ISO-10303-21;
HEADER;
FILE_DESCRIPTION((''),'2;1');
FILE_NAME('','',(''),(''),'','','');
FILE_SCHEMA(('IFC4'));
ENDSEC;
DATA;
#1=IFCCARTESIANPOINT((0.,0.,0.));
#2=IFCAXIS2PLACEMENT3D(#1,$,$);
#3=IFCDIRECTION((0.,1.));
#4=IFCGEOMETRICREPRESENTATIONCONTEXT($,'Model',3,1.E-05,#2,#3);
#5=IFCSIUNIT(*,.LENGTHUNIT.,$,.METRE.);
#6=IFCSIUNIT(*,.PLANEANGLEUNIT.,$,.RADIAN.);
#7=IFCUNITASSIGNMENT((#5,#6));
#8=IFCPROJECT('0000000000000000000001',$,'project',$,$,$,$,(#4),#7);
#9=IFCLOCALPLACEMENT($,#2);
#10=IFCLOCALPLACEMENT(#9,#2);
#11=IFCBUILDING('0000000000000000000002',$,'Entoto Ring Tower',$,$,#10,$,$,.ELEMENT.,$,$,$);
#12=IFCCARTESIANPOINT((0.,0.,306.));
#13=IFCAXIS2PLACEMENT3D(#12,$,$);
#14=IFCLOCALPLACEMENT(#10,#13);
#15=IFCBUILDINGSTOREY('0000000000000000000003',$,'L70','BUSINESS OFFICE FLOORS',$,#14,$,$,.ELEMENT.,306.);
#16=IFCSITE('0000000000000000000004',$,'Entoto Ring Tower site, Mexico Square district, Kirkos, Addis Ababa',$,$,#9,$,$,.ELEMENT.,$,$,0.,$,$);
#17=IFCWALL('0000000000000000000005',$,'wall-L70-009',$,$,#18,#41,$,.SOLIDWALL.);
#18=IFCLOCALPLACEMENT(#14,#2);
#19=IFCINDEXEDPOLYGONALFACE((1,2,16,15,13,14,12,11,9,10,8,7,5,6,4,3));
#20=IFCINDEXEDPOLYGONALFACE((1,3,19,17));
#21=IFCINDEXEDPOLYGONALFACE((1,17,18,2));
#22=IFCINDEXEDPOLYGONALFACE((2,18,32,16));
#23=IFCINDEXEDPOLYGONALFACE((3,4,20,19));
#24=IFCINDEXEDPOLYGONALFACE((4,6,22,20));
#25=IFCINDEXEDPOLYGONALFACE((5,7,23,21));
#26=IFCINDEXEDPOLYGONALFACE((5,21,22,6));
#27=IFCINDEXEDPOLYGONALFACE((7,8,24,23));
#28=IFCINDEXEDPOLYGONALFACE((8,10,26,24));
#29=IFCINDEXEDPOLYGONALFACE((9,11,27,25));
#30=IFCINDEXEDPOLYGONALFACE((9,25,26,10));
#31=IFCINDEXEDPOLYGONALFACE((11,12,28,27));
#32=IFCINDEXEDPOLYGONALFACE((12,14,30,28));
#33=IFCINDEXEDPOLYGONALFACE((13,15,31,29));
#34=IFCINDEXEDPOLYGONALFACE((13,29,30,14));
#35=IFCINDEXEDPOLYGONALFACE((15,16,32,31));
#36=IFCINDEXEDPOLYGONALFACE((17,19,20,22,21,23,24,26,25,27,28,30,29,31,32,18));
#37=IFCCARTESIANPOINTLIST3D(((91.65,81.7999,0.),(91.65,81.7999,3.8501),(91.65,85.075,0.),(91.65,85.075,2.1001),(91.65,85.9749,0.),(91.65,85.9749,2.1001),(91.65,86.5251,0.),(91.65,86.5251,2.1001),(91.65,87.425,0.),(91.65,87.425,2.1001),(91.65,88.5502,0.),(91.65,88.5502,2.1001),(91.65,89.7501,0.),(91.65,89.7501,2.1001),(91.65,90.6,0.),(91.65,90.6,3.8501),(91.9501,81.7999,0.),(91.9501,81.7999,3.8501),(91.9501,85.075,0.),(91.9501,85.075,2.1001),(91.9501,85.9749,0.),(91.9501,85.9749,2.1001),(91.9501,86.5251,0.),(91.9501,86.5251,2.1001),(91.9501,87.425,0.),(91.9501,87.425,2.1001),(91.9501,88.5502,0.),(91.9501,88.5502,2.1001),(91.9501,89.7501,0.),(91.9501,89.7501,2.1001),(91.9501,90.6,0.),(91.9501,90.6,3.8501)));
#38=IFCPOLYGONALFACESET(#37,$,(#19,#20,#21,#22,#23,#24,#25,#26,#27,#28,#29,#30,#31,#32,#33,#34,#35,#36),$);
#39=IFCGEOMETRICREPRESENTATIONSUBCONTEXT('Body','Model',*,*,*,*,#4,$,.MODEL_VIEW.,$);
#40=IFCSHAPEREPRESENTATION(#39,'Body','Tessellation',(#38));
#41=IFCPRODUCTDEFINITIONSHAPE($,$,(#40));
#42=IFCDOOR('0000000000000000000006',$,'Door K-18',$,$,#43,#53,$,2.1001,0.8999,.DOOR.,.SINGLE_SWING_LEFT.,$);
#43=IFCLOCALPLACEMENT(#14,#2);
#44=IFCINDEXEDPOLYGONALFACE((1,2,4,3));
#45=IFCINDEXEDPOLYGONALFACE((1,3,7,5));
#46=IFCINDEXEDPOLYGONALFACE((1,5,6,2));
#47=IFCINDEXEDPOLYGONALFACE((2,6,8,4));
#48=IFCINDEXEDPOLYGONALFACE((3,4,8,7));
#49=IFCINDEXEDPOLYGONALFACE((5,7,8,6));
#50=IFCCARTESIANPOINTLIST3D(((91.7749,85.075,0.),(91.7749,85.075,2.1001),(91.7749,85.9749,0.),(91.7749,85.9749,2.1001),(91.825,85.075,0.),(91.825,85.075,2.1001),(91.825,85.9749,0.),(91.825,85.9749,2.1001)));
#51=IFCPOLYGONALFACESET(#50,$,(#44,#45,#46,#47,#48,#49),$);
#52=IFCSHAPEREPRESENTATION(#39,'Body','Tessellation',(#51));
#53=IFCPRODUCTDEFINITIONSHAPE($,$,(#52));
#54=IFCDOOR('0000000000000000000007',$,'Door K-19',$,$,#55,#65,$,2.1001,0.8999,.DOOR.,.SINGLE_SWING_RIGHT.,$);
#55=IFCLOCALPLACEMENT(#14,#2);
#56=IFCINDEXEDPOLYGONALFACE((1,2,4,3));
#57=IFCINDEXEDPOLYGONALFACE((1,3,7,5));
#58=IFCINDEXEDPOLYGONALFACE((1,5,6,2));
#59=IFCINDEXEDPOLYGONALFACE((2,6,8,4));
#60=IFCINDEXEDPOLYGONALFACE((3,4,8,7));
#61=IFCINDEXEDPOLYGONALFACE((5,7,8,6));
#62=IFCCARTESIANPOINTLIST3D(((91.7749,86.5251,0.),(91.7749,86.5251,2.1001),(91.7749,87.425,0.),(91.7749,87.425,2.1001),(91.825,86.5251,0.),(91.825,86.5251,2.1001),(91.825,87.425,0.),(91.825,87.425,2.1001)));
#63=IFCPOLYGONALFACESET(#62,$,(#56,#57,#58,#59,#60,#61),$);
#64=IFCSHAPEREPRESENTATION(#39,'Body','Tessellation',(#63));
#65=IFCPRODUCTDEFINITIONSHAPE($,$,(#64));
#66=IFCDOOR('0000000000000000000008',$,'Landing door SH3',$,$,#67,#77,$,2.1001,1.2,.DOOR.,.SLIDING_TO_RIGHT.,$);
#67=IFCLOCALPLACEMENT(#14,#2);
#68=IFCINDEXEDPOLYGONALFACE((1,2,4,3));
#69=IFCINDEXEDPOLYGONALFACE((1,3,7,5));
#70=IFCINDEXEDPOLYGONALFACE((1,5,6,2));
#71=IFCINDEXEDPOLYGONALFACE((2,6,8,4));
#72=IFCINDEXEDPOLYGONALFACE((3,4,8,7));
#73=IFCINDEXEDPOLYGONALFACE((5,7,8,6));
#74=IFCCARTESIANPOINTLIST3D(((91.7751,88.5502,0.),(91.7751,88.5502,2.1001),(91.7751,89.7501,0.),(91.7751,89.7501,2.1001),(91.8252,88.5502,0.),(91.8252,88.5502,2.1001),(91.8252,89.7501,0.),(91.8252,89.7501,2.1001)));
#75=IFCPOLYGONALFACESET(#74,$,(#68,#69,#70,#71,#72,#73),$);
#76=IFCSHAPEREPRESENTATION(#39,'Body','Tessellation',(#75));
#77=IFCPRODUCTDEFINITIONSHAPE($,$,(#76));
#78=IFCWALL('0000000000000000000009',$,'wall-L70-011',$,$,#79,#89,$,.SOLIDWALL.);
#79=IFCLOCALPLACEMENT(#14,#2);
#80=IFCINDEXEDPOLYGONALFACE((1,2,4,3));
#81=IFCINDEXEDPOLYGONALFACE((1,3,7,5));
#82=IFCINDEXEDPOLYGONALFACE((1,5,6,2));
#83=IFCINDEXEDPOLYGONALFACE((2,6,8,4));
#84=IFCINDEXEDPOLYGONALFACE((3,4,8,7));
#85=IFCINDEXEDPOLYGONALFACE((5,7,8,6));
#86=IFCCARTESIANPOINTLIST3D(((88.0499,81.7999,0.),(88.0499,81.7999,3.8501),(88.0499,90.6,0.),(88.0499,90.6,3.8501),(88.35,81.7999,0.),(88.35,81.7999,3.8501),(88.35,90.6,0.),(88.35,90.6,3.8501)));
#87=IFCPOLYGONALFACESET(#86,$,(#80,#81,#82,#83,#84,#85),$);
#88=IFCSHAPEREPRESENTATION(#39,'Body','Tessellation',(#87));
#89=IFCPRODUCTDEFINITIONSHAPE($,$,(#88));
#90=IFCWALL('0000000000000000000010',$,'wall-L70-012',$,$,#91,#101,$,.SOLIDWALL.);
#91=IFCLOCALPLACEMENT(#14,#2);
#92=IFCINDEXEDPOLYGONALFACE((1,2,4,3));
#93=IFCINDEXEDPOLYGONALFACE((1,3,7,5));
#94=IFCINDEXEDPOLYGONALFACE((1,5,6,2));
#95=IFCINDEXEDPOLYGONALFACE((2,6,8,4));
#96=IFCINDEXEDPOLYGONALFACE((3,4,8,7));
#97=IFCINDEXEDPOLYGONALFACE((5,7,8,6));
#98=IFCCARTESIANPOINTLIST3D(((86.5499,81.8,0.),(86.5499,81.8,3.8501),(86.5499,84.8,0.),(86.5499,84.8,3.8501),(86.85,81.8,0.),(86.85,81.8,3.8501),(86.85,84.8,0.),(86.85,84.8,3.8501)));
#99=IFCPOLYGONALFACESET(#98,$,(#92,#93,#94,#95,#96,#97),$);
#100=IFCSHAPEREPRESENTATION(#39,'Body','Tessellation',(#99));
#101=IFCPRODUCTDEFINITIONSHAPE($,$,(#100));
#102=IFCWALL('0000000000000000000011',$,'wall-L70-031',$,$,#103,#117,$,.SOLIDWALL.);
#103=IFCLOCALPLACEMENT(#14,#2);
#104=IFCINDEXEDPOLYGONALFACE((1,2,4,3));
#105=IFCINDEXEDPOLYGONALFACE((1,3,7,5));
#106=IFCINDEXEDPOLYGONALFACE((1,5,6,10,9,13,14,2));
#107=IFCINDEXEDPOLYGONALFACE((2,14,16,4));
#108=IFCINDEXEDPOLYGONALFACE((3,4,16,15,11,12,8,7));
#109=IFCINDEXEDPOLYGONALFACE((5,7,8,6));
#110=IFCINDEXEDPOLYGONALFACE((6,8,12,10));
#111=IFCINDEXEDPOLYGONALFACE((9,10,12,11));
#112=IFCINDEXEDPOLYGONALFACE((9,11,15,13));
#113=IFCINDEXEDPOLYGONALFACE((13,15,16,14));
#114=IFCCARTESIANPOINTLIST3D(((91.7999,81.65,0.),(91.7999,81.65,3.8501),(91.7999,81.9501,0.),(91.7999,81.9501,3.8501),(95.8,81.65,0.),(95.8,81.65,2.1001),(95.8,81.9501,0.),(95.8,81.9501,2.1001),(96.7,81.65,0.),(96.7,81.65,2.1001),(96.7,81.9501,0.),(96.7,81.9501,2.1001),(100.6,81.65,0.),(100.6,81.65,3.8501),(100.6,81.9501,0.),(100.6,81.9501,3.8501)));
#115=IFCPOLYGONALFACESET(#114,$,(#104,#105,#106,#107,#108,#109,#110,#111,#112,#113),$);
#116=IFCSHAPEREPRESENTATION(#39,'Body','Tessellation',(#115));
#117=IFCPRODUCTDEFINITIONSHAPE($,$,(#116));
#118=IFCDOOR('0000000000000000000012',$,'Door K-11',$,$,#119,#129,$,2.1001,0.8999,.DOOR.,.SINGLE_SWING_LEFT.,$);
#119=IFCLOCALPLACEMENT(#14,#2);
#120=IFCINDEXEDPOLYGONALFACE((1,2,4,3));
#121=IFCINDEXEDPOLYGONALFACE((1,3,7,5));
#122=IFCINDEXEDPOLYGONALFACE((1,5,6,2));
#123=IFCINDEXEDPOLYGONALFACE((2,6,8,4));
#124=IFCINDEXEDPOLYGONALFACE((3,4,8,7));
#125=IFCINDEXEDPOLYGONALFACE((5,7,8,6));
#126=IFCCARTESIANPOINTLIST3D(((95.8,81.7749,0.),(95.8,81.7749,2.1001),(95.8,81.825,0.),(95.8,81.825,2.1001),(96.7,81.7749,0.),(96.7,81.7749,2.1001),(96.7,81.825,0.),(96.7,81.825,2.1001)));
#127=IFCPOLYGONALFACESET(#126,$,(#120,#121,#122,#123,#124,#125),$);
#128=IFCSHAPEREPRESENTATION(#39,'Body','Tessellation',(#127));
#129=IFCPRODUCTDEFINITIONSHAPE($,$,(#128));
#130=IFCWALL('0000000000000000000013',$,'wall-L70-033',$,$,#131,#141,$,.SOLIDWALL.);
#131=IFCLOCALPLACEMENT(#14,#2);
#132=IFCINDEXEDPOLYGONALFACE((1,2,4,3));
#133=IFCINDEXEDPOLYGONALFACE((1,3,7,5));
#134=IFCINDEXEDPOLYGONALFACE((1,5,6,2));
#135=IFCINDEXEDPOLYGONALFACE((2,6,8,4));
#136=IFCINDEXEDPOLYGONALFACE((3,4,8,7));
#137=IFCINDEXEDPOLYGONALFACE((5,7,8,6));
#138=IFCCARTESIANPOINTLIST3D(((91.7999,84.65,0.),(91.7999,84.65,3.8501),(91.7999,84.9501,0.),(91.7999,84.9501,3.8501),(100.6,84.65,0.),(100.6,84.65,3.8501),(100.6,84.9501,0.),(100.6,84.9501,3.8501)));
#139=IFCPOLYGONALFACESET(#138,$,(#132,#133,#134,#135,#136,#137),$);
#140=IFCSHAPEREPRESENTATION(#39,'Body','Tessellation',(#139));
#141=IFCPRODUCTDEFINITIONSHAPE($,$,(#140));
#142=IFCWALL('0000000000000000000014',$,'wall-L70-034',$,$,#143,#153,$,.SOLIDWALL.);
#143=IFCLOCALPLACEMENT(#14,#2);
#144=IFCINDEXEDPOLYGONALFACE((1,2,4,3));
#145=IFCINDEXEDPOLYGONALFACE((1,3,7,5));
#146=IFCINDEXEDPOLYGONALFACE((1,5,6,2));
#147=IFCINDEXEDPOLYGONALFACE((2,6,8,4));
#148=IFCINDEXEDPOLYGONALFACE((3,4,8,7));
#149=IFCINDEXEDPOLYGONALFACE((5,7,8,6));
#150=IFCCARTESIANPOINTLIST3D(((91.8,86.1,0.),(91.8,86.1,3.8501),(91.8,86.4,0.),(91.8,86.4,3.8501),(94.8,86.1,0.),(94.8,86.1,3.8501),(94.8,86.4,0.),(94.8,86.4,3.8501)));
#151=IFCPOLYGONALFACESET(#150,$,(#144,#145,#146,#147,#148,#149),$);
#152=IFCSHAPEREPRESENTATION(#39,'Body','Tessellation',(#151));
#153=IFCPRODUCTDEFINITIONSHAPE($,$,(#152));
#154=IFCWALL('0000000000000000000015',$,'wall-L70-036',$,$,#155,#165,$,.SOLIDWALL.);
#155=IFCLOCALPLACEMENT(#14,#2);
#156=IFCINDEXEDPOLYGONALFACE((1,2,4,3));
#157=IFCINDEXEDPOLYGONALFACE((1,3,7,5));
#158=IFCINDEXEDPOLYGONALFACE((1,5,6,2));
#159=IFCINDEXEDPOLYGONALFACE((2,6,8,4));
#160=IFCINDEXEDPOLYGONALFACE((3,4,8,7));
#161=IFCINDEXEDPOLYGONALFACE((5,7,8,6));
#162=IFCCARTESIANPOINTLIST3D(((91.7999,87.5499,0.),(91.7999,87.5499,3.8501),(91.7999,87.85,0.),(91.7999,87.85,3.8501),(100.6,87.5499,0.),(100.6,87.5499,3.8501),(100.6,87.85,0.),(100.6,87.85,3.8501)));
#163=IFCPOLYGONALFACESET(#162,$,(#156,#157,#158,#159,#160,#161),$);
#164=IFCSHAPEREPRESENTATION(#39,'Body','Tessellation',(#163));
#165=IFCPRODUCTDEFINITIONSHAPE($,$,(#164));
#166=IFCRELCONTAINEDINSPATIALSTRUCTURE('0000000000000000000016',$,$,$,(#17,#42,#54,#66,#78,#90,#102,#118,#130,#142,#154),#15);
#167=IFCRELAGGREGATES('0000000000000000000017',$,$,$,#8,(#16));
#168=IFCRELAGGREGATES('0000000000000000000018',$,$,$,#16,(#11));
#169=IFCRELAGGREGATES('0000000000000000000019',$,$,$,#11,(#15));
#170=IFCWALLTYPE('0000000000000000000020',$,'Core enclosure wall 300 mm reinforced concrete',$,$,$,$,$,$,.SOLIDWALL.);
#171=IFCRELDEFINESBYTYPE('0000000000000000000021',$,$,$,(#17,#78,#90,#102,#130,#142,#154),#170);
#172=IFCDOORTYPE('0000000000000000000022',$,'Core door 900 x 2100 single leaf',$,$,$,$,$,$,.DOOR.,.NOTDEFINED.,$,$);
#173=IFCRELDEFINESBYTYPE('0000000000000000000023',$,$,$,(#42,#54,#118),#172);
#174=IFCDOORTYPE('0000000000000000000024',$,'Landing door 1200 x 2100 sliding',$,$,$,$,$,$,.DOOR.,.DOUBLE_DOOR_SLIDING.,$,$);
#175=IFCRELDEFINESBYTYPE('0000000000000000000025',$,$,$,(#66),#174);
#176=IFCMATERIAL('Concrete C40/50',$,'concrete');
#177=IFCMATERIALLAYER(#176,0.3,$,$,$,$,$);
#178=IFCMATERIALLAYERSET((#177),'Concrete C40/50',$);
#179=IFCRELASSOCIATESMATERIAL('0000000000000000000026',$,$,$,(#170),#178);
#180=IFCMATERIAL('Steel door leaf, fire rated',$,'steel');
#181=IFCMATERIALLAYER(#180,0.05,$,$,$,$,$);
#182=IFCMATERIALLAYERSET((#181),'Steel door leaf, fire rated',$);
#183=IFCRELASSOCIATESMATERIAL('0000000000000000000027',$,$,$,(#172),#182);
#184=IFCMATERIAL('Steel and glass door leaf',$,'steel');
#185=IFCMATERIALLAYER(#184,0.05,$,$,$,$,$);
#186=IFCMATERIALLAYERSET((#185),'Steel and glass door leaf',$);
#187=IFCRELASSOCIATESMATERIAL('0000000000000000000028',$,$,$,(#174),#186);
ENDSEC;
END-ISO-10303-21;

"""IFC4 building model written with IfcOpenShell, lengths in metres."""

from ifc_helpers import new_model, si_unit, direction, frame, frame_2d, origin, place, context, subcontext, project, spatial, rectangle, extrude, material, layer, layer_set, type_object, element, fill, save


model = new_model("IFC4")

# Units and contexts
model_context = context("Model", 3, precision=1e-05, world=origin(), true_north=direction((0.0, 1.0)))
body_context = subcontext(model_context, "Body", "Model", "MODEL_VIEW")
ifc_project = project(units=[si_unit("LENGTHUNIT", "METRE"), si_unit("PLANEANGLEUNIT", "RADIAN")], contexts=[model_context])

# Site, building, storey
site_placement = place(None, origin())
site = spatial("IfcSite", under=ifc_project, at=site_placement, Name="Entoto Ring Tower site, Mexico Square district, Kirkos, Addis Ababa", CompositionType="ELEMENT", RefElevation=0.0)
building_placement = place(site_placement, origin())
building = spatial("IfcBuilding", under=site, at=building_placement, Name="Entoto Ring Tower", CompositionType="ELEMENT")
storey_placement = place(building_placement, frame((0.0, 0.0, 306.0)))
storey = spatial("IfcBuildingStorey", under=building, at=storey_placement, Name="L70", Description="BUSINESS OFFICE FLOORS", CompositionType="ELEMENT", Elevation=306.0)

# Shared definitions
ifc_material_1 = material(Name="Concrete C40/50", Category="concrete")
ifc_layer_1 = layer(ifc_material_1, 0.3)
ifc_layer_set_1 = layer_set([ifc_layer_1], Name="Concrete C40/50")
wall_type_1 = type_object("IfcWallType", Name="Core enclosure wall 300 mm reinforced concrete", PredefinedType="SOLIDWALL", material=ifc_layer_set_1)

# Wall, openings, doors
wall_1_placement = place(storey_placement, frame((91.8, 81.8, 0.0), z_axis=(0.0, 0.0, 1.0), x_axis=(0.0, 1.0, 0.0)))
wall_1 = element("IfcWall", 1, at=wall_1_placement, inside=storey, type_object=wall_type_1, Name="wall-L70-009", PredefinedType="SOLIDWALL", context=body_context, shape_type="SweptSolid", body=[
    extrude(rectangle(XDim=8.8, YDim=0.3, at=frame_2d((4.3999, 0.0))), origin(), (0.0, 0.0, 1.0), 3.8501),
])
opening_1_placement = place(wall_1_placement, frame((6.75, 0.0, 0.0)))
opening_1 = element("IfcOpeningElement", 2, at=opening_1_placement, cuts=wall_1, PredefinedType="OPENING", context=body_context, shape_type="SweptSolid", body=[
    extrude(rectangle(XDim=1.2, YDim=2.1001, at=frame_2d((0.6001, 1.05))), frame((0.0, 0.1602, 0.0), z_axis=(0.0, -1.0, 0.0), x_axis=(1.0, 0.0, 0.0)), (0.0, 0.0, 1.0), 0.3201),
])
opening_2_placement = place(wall_1_placement, frame((3.2749, 0.0, 0.0)))
opening_2 = element("IfcOpeningElement", 3, at=opening_2_placement, cuts=wall_1, PredefinedType="OPENING", context=body_context, shape_type="SweptSolid", body=[
    extrude(rectangle(XDim=0.8999, YDim=2.1001, at=frame_2d((0.45, 1.05))), frame((0.0, 0.1602, 0.0), z_axis=(0.0, -1.0, 0.0), x_axis=(1.0, 0.0, 0.0)), (0.0, 0.0, 1.0), 0.3201),
])
opening_3_placement = place(wall_1_placement, frame((4.7251, 0.0, 0.0)))
opening_3 = element("IfcOpeningElement", 4, at=opening_3_placement, cuts=wall_1, PredefinedType="OPENING", context=body_context, shape_type="SweptSolid", body=[
    extrude(rectangle(XDim=0.8999, YDim=2.1001, at=frame_2d((0.45, 1.05))), frame((0.0, 0.1602, 0.0), z_axis=(0.0, -1.0, 0.0), x_axis=(1.0, 0.0, 0.0)), (0.0, 0.0, 1.0), 0.3201),
])
ifc_material_2 = material(Name="Steel door leaf, fire rated", Category="steel")
ifc_layer_2 = layer(ifc_material_2, 0.05)
ifc_layer_set_2 = layer_set([ifc_layer_2], Name="Steel door leaf, fire rated")
door_type_1 = type_object("IfcDoorType", Name="Core door 900 x 2100 single leaf", OperationType="NOTDEFINED", PredefinedType="DOOR", material=ifc_layer_set_2)
door_1_placement = place(opening_2_placement, frame((0.8999, 0.0, 0.0), z_axis=(0.0, 0.0, 1.0), x_axis=(-1.0, 0.0, 0.0)))
door_1 = element("IfcDoor", 5, at=door_1_placement, inside=storey, type_object=door_type_1, Name="Door K-18", OperationType="SINGLE_SWING_LEFT", OverallHeight=2.1001, OverallWidth=0.8999, PredefinedType="DOOR", context=body_context, shape_type="SweptSolid", body=[
    extrude(rectangle(XDim=0.8999, YDim=2.1001, at=frame_2d((0.45, 1.05))), frame((0.0, 0.0249, 0.0), z_axis=(0.0, -1.0, 0.0), x_axis=(1.0, 0.0, 0.0)), (0.0, 0.0, 1.0), 0.05),
])
fill(opening_2, door_1)
door_2_placement = place(opening_3_placement, frame((0.8999, 0.0, 0.0), z_axis=(0.0, 0.0, 1.0), x_axis=(-1.0, 0.0, 0.0)))
door_2 = element("IfcDoor", 6, at=door_2_placement, inside=storey, type_object=door_type_1, Name="Door K-19", OperationType="SINGLE_SWING_RIGHT", OverallHeight=2.1001, OverallWidth=0.8999, PredefinedType="DOOR", context=body_context, shape_type="SweptSolid", body=[
    extrude(rectangle(XDim=0.8999, YDim=2.1001, at=frame_2d((0.45, 1.05))), frame((0.0, 0.0249, 0.0), z_axis=(0.0, -1.0, 0.0), x_axis=(1.0, 0.0, 0.0)), (0.0, 0.0, 1.0), 0.05),
])
fill(opening_3, door_2)
ifc_material_3 = material(Name="Steel and glass door leaf", Category="steel")
ifc_layer_3 = layer(ifc_material_3, 0.05)
ifc_layer_set_3 = layer_set([ifc_layer_3], Name="Steel and glass door leaf")
door_type_2 = type_object("IfcDoorType", Name="Landing door 1200 x 2100 sliding", OperationType="DOUBLE_DOOR_SLIDING", PredefinedType="DOOR", material=ifc_layer_set_3)
door_3_placement = place(opening_1_placement, origin())
door_3 = element("IfcDoor", 7, at=door_3_placement, inside=storey, type_object=door_type_2, Name="Landing door SH3", OperationType="SLIDING_TO_RIGHT", OverallHeight=2.1001, OverallWidth=1.2, PredefinedType="DOOR", context=body_context, shape_type="SweptSolid", body=[
    extrude(rectangle(XDim=1.2, YDim=2.1001, at=frame_2d((0.6001, 1.05))), frame((0.0, 0.0249, 0.0), z_axis=(0.0, -1.0, 0.0), x_axis=(1.0, 0.0, 0.0)), (0.0, 0.0, 1.0), 0.05),
])
fill(opening_1, door_3)

# Walls
wall_2_placement = place(storey_placement, frame((88.2, 81.8, 0.0), z_axis=(0.0, 0.0, 1.0), x_axis=(0.0, 1.0, 0.0)))
element("IfcWall", 8, at=wall_2_placement, inside=storey, type_object=wall_type_1, Name="wall-L70-011", PredefinedType="SOLIDWALL", context=body_context, shape_type="SweptSolid", body=[
    extrude(rectangle(XDim=8.8, YDim=0.3, at=frame_2d((4.3999, 0.0))), origin(), (0.0, 0.0, 1.0), 3.8501),
])
wall_3_placement = place(storey_placement, frame((86.7, 81.8, 0.0), z_axis=(0.0, 0.0, 1.0), x_axis=(0.0, 1.0, 0.0)))
element("IfcWall", 9, at=wall_3_placement, inside=storey, type_object=wall_type_1, Name="wall-L70-012", PredefinedType="SOLIDWALL", context=body_context, shape_type="SweptSolid", body=[
    extrude(rectangle(XDim=3.0, YDim=0.3, at=frame_2d((1.5, 0.0))), origin(), (0.0, 0.0, 1.0), 3.8501),
])

# Wall, opening, door
wall_4_placement = place(storey_placement, frame((91.8, 81.8, 0.0), z_axis=(0.0, 0.0, 1.0), x_axis=(1.0, 0.0, 0.0)))
wall_4 = element("IfcWall", 10, at=wall_4_placement, inside=storey, type_object=wall_type_1, Name="wall-L70-031", PredefinedType="SOLIDWALL", context=body_context, shape_type="SweptSolid", body=[
    extrude(rectangle(XDim=8.8, YDim=0.3, at=frame_2d((4.3999, 0.0))), origin(), (0.0, 0.0, 1.0), 3.8501),
])
opening_4_placement = place(wall_4_placement, frame((4.0, 0.0, 0.0)))
opening_4 = element("IfcOpeningElement", 11, at=opening_4_placement, cuts=wall_4, PredefinedType="OPENING", context=body_context, shape_type="SweptSolid", body=[
    extrude(rectangle(XDim=0.8999, YDim=2.1001, at=frame_2d((0.45, 1.05))), frame((0.0, 0.1602, 0.0), z_axis=(0.0, -1.0, 0.0), x_axis=(1.0, 0.0, 0.0)), (0.0, 0.0, 1.0), 0.3201),
])
door_4_placement = place(opening_4_placement, origin())
door_4 = element("IfcDoor", 12, at=door_4_placement, inside=storey, type_object=door_type_1, Name="Door K-11", OperationType="SINGLE_SWING_LEFT", OverallHeight=2.1001, OverallWidth=0.8999, PredefinedType="DOOR", context=body_context, shape_type="SweptSolid", body=[
    extrude(rectangle(XDim=0.8999, YDim=2.1001, at=frame_2d((0.45, 1.05))), frame((0.0, 0.0249, 0.0), z_axis=(0.0, -1.0, 0.0), x_axis=(1.0, 0.0, 0.0)), (0.0, 0.0, 1.0), 0.05),
])
fill(opening_4, door_4)

# Walls
wall_5_placement = place(storey_placement, frame((91.8, 84.8, 0.0), z_axis=(0.0, 0.0, 1.0), x_axis=(1.0, 0.0, 0.0)))
element("IfcWall", 13, at=wall_5_placement, inside=storey, type_object=wall_type_1, Name="wall-L70-033", PredefinedType="SOLIDWALL", context=body_context, shape_type="SweptSolid", body=[
    extrude(rectangle(XDim=8.8, YDim=0.3, at=frame_2d((4.3999, 0.0))), origin(), (0.0, 0.0, 1.0), 3.8501),
])
wall_6_placement = place(storey_placement, frame((91.8, 86.25, 0.0), z_axis=(0.0, 0.0, 1.0), x_axis=(1.0, 0.0, 0.0)))
element("IfcWall", 14, at=wall_6_placement, inside=storey, type_object=wall_type_1, Name="wall-L70-034", PredefinedType="SOLIDWALL", context=body_context, shape_type="SweptSolid", body=[
    extrude(rectangle(XDim=3.0, YDim=0.3, at=frame_2d((1.5, 0.0))), origin(), (0.0, 0.0, 1.0), 3.8501),
])
wall_7_placement = place(storey_placement, frame((91.8, 87.7, 0.0), z_axis=(0.0, 0.0, 1.0), x_axis=(1.0, 0.0, 0.0)))
element("IfcWall", 15, at=wall_7_placement, inside=storey, type_object=wall_type_1, Name="wall-L70-036", PredefinedType="SOLIDWALL", context=body_context, shape_type="SweptSolid", body=[
    extrude(rectangle(XDim=8.8, YDim=0.3, at=frame_2d((4.3999, 0.0))), origin(), (0.0, 0.0, 1.0), 3.8501),
])

save(model, "model.ifc")
